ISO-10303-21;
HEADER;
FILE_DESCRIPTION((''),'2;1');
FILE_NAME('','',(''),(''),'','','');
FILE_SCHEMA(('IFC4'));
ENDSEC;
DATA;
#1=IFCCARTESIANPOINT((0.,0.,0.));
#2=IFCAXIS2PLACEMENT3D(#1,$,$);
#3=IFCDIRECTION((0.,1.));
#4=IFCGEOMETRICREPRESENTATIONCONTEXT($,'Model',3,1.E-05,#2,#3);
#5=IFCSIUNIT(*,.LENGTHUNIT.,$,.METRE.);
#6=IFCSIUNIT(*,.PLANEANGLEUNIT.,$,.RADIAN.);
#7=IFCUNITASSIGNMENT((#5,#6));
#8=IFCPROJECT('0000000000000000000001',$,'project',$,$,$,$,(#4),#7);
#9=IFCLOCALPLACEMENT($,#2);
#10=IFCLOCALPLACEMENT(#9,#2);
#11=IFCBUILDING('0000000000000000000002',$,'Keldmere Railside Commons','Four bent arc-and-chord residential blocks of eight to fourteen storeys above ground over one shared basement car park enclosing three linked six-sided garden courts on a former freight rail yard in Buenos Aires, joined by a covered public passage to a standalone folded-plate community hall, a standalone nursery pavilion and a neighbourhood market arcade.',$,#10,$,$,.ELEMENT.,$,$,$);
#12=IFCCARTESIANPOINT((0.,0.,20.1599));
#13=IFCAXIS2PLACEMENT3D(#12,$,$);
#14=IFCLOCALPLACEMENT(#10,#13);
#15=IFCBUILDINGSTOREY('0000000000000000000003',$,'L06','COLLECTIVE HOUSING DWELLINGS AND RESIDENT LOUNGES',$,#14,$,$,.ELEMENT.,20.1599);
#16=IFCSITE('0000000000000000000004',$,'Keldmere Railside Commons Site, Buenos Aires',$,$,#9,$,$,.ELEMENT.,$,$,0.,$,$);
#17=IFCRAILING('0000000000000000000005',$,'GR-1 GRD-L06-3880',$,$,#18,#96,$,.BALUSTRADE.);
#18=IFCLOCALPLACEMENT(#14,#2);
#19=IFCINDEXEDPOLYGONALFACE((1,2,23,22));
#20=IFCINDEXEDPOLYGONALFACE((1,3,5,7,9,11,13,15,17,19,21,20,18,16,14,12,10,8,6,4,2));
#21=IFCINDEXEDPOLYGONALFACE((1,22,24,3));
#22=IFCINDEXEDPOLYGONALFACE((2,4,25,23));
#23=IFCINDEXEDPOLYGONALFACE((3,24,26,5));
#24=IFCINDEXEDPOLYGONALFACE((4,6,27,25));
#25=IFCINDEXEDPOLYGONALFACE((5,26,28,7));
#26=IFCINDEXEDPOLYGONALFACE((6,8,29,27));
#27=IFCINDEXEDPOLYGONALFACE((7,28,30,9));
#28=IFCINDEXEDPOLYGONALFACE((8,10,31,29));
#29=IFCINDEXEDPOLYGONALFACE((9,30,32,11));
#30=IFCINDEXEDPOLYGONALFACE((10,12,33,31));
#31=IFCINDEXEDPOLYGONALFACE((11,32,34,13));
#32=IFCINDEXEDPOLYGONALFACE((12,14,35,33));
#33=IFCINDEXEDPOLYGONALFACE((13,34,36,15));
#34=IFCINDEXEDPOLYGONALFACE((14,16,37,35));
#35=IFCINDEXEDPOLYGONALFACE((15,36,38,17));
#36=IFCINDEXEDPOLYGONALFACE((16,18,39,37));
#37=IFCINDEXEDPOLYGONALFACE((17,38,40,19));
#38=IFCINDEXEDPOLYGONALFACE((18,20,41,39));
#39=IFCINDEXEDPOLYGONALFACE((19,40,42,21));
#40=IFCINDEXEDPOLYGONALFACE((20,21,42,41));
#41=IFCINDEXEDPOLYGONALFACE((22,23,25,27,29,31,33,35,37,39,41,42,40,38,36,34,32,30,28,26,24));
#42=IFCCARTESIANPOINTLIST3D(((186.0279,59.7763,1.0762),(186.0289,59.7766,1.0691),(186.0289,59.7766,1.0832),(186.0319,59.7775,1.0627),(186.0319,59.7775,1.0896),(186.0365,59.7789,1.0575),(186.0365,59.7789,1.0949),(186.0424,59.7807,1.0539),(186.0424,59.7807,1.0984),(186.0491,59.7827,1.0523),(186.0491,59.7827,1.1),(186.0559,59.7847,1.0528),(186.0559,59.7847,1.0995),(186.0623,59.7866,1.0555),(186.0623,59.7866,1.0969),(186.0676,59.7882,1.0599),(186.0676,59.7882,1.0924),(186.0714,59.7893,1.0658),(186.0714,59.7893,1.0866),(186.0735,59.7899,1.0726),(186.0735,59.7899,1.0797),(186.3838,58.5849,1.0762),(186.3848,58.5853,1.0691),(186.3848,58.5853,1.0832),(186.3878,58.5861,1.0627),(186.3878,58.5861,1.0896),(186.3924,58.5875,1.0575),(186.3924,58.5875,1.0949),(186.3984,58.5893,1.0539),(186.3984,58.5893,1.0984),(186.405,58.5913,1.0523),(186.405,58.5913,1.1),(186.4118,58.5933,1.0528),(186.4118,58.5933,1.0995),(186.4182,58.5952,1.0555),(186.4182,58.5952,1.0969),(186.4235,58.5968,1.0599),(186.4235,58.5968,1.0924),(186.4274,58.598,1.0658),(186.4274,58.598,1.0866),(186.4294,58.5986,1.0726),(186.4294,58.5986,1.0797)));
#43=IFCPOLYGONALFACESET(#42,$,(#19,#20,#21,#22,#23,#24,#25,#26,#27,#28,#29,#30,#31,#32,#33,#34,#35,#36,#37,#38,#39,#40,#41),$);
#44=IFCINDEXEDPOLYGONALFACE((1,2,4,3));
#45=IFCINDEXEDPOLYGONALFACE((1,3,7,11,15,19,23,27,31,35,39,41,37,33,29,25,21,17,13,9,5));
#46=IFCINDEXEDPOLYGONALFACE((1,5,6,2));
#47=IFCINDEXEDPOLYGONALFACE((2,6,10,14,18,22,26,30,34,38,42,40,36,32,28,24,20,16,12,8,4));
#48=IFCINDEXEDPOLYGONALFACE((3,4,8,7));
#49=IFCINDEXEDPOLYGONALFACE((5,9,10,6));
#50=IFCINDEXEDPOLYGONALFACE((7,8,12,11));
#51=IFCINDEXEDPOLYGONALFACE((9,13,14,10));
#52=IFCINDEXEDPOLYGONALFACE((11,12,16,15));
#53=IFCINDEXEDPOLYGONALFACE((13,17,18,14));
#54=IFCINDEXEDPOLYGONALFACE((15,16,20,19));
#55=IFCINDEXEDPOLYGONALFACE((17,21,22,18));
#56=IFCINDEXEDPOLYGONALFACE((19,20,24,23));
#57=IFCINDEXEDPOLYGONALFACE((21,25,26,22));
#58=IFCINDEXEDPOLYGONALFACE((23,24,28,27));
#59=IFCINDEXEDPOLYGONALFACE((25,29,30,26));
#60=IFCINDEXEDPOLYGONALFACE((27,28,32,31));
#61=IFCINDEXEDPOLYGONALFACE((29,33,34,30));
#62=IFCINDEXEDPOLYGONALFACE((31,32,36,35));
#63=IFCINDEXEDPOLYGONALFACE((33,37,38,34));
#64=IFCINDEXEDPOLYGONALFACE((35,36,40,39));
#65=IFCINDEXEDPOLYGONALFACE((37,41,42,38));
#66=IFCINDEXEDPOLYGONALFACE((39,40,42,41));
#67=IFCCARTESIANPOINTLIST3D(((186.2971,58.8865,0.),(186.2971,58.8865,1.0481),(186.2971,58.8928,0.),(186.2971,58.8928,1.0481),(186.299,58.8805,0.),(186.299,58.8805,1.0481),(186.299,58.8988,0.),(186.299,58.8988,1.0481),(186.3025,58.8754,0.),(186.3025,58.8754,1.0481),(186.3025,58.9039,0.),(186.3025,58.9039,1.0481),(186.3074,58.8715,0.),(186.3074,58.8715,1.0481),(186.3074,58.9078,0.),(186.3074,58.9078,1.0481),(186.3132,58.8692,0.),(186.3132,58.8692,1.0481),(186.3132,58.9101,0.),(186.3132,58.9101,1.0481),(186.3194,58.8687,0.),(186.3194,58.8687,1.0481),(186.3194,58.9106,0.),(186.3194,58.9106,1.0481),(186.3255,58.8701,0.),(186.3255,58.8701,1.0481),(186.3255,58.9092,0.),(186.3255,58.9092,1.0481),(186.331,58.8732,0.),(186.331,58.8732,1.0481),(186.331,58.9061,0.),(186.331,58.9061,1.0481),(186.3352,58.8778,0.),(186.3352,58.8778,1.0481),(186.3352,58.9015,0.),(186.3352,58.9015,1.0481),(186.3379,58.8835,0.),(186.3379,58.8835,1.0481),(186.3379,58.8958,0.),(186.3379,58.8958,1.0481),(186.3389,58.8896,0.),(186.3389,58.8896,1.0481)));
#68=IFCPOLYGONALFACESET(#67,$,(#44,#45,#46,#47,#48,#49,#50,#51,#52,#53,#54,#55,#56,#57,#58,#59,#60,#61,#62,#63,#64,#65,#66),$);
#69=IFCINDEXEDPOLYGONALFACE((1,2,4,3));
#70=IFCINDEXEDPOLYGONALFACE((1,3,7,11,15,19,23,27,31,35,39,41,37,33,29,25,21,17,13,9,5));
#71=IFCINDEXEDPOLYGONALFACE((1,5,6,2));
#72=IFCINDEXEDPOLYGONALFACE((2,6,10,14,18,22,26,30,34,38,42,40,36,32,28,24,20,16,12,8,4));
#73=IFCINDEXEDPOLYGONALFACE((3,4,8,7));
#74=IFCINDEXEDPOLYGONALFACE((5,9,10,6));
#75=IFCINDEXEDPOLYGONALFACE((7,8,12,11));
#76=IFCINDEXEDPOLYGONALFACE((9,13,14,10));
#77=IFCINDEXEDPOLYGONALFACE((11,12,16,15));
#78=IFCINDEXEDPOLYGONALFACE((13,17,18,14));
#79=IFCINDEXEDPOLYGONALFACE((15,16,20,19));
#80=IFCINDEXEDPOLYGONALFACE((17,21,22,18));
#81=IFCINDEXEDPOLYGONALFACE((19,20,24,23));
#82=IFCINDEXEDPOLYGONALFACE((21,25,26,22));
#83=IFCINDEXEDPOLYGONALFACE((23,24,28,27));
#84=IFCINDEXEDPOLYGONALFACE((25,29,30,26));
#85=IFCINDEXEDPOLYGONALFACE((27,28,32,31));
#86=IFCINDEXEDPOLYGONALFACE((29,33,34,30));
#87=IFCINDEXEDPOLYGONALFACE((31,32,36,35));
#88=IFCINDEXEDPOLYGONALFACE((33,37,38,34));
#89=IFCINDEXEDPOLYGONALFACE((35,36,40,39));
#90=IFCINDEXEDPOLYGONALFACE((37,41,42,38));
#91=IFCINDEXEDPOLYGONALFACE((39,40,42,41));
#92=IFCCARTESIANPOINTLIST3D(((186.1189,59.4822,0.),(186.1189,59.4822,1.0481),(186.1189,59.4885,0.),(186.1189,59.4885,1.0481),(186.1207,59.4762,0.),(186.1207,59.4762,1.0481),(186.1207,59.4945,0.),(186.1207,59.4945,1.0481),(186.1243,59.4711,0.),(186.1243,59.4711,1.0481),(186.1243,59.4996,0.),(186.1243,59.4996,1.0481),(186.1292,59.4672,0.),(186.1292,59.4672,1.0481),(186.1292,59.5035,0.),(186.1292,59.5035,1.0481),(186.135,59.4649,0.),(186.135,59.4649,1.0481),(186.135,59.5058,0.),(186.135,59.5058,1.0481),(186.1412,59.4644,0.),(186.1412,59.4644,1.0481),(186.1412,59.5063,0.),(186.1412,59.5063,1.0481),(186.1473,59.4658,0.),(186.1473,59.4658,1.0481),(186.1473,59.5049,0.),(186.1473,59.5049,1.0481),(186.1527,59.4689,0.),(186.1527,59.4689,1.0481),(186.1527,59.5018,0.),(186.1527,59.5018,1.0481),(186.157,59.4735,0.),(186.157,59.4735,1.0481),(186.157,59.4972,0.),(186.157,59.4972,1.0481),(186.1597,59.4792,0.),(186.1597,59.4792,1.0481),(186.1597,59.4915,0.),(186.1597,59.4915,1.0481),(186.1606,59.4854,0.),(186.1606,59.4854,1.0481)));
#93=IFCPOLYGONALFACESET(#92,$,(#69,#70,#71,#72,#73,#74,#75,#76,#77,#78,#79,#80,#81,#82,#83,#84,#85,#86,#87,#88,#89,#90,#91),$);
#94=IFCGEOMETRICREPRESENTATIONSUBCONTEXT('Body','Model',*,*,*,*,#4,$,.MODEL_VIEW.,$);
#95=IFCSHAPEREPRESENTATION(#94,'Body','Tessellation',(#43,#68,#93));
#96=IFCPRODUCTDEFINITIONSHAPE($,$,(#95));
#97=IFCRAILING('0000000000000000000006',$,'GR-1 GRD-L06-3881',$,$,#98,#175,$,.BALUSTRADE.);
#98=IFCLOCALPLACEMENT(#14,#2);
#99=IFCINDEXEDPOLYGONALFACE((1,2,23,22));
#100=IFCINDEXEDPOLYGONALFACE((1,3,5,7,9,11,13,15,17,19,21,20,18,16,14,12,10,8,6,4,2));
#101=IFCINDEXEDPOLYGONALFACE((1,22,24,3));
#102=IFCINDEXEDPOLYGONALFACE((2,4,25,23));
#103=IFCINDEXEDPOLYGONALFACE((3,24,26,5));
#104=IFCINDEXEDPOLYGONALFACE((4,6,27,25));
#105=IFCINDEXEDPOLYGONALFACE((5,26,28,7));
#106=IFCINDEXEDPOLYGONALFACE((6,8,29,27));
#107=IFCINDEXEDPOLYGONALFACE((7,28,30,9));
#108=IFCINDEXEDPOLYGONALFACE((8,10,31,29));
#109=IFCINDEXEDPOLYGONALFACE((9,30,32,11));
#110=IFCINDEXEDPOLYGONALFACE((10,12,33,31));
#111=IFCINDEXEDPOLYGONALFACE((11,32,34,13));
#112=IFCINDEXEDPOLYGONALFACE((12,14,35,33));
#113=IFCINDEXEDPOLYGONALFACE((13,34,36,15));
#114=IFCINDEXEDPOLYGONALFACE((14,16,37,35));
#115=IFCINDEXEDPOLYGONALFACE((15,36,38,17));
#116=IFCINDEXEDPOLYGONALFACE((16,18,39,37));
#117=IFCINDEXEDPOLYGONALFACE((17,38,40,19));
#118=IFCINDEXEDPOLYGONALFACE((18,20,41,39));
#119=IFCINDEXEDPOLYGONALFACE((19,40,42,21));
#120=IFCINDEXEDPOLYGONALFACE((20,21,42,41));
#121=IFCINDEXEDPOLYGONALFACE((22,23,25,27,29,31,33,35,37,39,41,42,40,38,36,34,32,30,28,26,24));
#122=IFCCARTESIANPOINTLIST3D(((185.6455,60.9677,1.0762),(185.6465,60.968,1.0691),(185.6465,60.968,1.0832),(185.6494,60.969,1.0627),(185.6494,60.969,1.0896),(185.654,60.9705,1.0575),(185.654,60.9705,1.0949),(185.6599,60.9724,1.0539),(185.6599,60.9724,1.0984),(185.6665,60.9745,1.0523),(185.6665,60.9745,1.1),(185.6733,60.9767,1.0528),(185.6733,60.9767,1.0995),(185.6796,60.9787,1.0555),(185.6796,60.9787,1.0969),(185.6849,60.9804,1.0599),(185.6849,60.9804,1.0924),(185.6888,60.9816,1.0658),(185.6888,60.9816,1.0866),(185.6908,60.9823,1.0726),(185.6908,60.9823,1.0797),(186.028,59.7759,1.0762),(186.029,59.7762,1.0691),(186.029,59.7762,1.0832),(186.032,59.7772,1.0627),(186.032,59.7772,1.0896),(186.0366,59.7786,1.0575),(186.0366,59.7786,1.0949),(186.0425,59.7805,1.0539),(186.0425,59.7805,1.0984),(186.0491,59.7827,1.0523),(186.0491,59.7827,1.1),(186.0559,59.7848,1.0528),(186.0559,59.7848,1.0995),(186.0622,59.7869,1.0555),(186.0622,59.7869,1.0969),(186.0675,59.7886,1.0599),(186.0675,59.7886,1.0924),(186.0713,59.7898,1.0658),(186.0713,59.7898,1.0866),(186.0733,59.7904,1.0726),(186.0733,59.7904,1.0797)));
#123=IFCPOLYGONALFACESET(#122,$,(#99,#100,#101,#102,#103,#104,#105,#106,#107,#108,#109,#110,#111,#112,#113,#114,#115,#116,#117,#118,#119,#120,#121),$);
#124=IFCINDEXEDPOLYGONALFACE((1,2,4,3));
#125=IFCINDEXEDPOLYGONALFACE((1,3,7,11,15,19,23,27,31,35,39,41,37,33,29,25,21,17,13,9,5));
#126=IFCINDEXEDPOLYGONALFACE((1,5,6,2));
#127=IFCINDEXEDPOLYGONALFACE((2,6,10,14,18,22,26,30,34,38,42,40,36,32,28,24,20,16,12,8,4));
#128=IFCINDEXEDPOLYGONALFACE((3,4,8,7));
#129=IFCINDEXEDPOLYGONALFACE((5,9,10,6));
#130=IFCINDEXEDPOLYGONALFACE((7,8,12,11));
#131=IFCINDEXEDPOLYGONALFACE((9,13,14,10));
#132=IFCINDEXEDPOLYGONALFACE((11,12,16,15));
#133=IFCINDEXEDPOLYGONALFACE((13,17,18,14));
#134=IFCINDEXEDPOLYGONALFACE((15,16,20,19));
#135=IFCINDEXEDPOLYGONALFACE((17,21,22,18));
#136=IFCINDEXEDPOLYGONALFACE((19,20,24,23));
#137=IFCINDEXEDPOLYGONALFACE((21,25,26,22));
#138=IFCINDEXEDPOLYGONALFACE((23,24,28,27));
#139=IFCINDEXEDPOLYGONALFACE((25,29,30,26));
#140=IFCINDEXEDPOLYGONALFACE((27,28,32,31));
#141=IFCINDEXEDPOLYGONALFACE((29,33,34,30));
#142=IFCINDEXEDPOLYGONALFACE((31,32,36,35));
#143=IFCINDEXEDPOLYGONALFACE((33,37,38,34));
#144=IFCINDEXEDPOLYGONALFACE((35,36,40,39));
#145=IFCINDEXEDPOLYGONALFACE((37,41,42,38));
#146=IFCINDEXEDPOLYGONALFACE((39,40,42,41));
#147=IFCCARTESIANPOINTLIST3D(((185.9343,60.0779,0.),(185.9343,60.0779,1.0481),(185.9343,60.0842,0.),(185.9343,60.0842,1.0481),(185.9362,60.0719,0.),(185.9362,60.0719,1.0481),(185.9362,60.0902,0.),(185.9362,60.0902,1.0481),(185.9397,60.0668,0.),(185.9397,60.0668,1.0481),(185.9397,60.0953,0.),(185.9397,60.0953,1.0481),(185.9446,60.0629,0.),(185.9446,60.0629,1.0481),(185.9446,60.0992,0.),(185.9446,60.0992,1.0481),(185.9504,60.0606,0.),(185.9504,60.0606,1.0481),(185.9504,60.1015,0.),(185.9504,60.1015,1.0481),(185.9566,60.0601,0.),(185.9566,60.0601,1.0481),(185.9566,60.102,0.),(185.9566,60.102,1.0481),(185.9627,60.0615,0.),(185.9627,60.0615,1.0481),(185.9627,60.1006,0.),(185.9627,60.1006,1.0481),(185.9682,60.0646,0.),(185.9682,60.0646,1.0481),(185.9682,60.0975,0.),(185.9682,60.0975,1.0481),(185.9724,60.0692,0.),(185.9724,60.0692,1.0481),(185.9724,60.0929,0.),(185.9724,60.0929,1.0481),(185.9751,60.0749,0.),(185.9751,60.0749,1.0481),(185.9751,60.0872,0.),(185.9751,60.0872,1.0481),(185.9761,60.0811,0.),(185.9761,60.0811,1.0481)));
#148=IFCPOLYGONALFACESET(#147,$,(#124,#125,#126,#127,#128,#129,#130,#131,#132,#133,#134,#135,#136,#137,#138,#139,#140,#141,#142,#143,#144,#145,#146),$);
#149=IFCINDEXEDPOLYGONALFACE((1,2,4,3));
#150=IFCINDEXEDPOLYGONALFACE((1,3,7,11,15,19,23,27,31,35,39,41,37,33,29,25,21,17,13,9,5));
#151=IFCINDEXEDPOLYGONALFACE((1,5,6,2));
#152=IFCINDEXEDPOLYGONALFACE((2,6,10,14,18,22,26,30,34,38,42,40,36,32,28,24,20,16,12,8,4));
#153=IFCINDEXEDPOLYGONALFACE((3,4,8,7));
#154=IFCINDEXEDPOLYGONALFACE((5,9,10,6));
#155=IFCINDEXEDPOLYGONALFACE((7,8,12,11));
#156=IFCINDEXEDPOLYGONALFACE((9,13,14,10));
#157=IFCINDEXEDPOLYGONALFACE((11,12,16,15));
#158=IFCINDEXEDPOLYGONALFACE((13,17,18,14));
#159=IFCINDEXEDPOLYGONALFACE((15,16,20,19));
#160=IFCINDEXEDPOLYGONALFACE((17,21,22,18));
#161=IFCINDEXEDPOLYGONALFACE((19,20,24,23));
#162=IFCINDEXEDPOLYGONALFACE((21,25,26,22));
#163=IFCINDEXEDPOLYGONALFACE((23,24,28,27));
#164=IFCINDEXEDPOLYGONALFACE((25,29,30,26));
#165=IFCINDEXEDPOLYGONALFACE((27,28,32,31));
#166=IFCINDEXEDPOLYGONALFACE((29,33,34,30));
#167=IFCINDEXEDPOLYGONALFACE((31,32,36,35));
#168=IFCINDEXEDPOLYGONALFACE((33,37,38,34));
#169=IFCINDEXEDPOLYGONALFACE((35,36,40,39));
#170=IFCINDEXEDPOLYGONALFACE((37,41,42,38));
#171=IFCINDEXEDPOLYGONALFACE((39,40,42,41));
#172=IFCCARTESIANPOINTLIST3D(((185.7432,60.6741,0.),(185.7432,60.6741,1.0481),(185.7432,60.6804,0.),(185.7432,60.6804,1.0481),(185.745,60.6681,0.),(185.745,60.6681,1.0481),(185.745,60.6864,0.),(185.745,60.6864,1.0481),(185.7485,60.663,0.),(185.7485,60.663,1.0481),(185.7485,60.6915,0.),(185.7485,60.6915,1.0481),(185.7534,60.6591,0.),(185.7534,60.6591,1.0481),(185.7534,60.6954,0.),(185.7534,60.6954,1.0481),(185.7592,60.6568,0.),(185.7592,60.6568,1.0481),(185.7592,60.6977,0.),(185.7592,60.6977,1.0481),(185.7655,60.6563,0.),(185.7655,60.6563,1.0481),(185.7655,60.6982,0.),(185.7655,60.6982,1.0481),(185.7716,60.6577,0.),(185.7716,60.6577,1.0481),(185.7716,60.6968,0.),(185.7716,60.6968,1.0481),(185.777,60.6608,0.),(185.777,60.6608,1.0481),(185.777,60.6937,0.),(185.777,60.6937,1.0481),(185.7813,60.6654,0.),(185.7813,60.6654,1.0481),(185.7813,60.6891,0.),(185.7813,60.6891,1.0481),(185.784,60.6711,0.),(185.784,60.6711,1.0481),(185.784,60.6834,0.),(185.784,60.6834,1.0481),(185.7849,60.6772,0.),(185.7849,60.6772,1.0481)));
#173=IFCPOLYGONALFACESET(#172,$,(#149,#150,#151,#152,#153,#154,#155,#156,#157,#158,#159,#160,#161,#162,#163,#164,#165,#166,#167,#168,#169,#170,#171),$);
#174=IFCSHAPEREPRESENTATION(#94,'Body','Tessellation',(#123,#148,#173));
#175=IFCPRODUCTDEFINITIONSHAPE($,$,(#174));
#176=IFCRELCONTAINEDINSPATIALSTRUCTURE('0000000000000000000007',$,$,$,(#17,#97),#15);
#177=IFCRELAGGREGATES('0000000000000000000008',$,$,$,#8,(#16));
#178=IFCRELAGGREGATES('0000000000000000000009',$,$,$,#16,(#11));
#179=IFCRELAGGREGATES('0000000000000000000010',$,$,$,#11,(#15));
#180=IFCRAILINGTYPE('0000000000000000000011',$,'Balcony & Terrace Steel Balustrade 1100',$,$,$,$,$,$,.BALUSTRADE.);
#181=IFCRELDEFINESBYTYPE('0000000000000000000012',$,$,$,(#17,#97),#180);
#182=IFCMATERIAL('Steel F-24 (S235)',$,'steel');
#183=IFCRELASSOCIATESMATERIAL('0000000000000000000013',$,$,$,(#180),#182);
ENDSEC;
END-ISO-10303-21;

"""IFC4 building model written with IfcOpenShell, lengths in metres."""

from ifc_helpers import new_model, si_unit, direction, frame, origin, origin_2d, place, context, subcontext, project, spatial, circle, extrude, material, type_object, element, save


model = new_model("IFC4")

# Units and contexts
model_context = context("Model", 3, precision=1e-05, world=origin(), true_north=direction((0.0, 1.0)))
body_context = subcontext(model_context, "Body", "Model", "MODEL_VIEW")
ifc_project = project(units=[si_unit("LENGTHUNIT", "METRE"), si_unit("PLANEANGLEUNIT", "RADIAN")], contexts=[model_context])

# Site, building, storey
site_placement = place(None, origin())
site = spatial("IfcSite", under=ifc_project, at=site_placement, Name="Keldmere Railside Commons Site, Buenos Aires", CompositionType="ELEMENT", RefElevation=0.0)
building_placement = place(site_placement, origin())
building = spatial("IfcBuilding", under=site, at=building_placement, Name="Keldmere Railside Commons", Description="Four bent arc-and-chord residential blocks of eight to fourteen storeys above ground over one shared basement car park enclosing three linked six-sided garden courts on a former freight rail yard in Buenos Aires, joined by a covered public passage to a standalone folded-plate community hall, a standalone nursery pavilion and a neighbourhood market arcade.", CompositionType="ELEMENT")
storey_placement = place(building_placement, frame((0.0, 0.0, 20.1599)))
storey = spatial("IfcBuildingStorey", under=building, at=storey_placement, Name="L06", Description="COLLECTIVE HOUSING DWELLINGS AND RESIDENT LOUNGES", CompositionType="ELEMENT", Elevation=20.1599)

# Railings
ifc_material_1 = material(Name="Steel F-24 (S235)", Category="steel")
railing_type = type_object("IfcRailingType", Name="Balcony & Terrace Steel Balustrade 1100", PredefinedType="BALUSTRADE", material=ifc_material_1)
railing_1_placement = place(storey_placement, frame((186.4067, 58.5918, 0.0)))
element("IfcRailing", 1, at=railing_1_placement, inside=storey, type_object=railing_type, Name="GR-1 GRD-L06-3880", PredefinedType="BALUSTRADE", context=body_context, shape_type="SweptSolid", body=[
    extrude(circle(Radius=0.0239, at=origin_2d()), frame((0.0, 0.0, 1.0762), z_axis=(-0.286267, 0.95815, 0.0), x_axis=(-0.95815, -0.286267, 0.0)), (0.0, 0.0, 1.0), 1.2434),
    extrude(circle(Radius=0.021, at=origin_2d()), frame((-0.0889, 0.2979, 0.0)), (0.0, 0.0, 1.0), 1.0481),
    extrude(circle(Radius=0.021, at=origin_2d()), frame((-0.2671, 0.8936, 0.0)), (0.0, 0.0, 1.0), 1.0481),
])
railing_2_placement = place(storey_placement, frame((186.0508, 59.7832, 0.0)))
element("IfcRailing", 2, at=railing_2_placement, inside=storey, type_object=railing_type, Name="GR-1 GRD-L06-3881", PredefinedType="BALUSTRADE", context=body_context, shape_type="SweptSolid", body=[
    extrude(circle(Radius=0.0239, at=origin_2d()), frame((0.0, 0.0, 1.0762), z_axis=(-0.305618, 0.952154, 0.0), x_axis=(-0.952154, -0.305618, 0.0)), (0.0, 0.0, 1.0), 1.2517),
    extrude(circle(Radius=0.021, at=origin_2d()), frame((-0.0957, 0.2979, 0.0)), (0.0, 0.0, 1.0), 1.0481),
    extrude(circle(Radius=0.021, at=origin_2d()), frame((-0.2869, 0.894, 0.0)), (0.0, 0.0, 1.0), 1.0481),
])

save(model, "model.ifc")
